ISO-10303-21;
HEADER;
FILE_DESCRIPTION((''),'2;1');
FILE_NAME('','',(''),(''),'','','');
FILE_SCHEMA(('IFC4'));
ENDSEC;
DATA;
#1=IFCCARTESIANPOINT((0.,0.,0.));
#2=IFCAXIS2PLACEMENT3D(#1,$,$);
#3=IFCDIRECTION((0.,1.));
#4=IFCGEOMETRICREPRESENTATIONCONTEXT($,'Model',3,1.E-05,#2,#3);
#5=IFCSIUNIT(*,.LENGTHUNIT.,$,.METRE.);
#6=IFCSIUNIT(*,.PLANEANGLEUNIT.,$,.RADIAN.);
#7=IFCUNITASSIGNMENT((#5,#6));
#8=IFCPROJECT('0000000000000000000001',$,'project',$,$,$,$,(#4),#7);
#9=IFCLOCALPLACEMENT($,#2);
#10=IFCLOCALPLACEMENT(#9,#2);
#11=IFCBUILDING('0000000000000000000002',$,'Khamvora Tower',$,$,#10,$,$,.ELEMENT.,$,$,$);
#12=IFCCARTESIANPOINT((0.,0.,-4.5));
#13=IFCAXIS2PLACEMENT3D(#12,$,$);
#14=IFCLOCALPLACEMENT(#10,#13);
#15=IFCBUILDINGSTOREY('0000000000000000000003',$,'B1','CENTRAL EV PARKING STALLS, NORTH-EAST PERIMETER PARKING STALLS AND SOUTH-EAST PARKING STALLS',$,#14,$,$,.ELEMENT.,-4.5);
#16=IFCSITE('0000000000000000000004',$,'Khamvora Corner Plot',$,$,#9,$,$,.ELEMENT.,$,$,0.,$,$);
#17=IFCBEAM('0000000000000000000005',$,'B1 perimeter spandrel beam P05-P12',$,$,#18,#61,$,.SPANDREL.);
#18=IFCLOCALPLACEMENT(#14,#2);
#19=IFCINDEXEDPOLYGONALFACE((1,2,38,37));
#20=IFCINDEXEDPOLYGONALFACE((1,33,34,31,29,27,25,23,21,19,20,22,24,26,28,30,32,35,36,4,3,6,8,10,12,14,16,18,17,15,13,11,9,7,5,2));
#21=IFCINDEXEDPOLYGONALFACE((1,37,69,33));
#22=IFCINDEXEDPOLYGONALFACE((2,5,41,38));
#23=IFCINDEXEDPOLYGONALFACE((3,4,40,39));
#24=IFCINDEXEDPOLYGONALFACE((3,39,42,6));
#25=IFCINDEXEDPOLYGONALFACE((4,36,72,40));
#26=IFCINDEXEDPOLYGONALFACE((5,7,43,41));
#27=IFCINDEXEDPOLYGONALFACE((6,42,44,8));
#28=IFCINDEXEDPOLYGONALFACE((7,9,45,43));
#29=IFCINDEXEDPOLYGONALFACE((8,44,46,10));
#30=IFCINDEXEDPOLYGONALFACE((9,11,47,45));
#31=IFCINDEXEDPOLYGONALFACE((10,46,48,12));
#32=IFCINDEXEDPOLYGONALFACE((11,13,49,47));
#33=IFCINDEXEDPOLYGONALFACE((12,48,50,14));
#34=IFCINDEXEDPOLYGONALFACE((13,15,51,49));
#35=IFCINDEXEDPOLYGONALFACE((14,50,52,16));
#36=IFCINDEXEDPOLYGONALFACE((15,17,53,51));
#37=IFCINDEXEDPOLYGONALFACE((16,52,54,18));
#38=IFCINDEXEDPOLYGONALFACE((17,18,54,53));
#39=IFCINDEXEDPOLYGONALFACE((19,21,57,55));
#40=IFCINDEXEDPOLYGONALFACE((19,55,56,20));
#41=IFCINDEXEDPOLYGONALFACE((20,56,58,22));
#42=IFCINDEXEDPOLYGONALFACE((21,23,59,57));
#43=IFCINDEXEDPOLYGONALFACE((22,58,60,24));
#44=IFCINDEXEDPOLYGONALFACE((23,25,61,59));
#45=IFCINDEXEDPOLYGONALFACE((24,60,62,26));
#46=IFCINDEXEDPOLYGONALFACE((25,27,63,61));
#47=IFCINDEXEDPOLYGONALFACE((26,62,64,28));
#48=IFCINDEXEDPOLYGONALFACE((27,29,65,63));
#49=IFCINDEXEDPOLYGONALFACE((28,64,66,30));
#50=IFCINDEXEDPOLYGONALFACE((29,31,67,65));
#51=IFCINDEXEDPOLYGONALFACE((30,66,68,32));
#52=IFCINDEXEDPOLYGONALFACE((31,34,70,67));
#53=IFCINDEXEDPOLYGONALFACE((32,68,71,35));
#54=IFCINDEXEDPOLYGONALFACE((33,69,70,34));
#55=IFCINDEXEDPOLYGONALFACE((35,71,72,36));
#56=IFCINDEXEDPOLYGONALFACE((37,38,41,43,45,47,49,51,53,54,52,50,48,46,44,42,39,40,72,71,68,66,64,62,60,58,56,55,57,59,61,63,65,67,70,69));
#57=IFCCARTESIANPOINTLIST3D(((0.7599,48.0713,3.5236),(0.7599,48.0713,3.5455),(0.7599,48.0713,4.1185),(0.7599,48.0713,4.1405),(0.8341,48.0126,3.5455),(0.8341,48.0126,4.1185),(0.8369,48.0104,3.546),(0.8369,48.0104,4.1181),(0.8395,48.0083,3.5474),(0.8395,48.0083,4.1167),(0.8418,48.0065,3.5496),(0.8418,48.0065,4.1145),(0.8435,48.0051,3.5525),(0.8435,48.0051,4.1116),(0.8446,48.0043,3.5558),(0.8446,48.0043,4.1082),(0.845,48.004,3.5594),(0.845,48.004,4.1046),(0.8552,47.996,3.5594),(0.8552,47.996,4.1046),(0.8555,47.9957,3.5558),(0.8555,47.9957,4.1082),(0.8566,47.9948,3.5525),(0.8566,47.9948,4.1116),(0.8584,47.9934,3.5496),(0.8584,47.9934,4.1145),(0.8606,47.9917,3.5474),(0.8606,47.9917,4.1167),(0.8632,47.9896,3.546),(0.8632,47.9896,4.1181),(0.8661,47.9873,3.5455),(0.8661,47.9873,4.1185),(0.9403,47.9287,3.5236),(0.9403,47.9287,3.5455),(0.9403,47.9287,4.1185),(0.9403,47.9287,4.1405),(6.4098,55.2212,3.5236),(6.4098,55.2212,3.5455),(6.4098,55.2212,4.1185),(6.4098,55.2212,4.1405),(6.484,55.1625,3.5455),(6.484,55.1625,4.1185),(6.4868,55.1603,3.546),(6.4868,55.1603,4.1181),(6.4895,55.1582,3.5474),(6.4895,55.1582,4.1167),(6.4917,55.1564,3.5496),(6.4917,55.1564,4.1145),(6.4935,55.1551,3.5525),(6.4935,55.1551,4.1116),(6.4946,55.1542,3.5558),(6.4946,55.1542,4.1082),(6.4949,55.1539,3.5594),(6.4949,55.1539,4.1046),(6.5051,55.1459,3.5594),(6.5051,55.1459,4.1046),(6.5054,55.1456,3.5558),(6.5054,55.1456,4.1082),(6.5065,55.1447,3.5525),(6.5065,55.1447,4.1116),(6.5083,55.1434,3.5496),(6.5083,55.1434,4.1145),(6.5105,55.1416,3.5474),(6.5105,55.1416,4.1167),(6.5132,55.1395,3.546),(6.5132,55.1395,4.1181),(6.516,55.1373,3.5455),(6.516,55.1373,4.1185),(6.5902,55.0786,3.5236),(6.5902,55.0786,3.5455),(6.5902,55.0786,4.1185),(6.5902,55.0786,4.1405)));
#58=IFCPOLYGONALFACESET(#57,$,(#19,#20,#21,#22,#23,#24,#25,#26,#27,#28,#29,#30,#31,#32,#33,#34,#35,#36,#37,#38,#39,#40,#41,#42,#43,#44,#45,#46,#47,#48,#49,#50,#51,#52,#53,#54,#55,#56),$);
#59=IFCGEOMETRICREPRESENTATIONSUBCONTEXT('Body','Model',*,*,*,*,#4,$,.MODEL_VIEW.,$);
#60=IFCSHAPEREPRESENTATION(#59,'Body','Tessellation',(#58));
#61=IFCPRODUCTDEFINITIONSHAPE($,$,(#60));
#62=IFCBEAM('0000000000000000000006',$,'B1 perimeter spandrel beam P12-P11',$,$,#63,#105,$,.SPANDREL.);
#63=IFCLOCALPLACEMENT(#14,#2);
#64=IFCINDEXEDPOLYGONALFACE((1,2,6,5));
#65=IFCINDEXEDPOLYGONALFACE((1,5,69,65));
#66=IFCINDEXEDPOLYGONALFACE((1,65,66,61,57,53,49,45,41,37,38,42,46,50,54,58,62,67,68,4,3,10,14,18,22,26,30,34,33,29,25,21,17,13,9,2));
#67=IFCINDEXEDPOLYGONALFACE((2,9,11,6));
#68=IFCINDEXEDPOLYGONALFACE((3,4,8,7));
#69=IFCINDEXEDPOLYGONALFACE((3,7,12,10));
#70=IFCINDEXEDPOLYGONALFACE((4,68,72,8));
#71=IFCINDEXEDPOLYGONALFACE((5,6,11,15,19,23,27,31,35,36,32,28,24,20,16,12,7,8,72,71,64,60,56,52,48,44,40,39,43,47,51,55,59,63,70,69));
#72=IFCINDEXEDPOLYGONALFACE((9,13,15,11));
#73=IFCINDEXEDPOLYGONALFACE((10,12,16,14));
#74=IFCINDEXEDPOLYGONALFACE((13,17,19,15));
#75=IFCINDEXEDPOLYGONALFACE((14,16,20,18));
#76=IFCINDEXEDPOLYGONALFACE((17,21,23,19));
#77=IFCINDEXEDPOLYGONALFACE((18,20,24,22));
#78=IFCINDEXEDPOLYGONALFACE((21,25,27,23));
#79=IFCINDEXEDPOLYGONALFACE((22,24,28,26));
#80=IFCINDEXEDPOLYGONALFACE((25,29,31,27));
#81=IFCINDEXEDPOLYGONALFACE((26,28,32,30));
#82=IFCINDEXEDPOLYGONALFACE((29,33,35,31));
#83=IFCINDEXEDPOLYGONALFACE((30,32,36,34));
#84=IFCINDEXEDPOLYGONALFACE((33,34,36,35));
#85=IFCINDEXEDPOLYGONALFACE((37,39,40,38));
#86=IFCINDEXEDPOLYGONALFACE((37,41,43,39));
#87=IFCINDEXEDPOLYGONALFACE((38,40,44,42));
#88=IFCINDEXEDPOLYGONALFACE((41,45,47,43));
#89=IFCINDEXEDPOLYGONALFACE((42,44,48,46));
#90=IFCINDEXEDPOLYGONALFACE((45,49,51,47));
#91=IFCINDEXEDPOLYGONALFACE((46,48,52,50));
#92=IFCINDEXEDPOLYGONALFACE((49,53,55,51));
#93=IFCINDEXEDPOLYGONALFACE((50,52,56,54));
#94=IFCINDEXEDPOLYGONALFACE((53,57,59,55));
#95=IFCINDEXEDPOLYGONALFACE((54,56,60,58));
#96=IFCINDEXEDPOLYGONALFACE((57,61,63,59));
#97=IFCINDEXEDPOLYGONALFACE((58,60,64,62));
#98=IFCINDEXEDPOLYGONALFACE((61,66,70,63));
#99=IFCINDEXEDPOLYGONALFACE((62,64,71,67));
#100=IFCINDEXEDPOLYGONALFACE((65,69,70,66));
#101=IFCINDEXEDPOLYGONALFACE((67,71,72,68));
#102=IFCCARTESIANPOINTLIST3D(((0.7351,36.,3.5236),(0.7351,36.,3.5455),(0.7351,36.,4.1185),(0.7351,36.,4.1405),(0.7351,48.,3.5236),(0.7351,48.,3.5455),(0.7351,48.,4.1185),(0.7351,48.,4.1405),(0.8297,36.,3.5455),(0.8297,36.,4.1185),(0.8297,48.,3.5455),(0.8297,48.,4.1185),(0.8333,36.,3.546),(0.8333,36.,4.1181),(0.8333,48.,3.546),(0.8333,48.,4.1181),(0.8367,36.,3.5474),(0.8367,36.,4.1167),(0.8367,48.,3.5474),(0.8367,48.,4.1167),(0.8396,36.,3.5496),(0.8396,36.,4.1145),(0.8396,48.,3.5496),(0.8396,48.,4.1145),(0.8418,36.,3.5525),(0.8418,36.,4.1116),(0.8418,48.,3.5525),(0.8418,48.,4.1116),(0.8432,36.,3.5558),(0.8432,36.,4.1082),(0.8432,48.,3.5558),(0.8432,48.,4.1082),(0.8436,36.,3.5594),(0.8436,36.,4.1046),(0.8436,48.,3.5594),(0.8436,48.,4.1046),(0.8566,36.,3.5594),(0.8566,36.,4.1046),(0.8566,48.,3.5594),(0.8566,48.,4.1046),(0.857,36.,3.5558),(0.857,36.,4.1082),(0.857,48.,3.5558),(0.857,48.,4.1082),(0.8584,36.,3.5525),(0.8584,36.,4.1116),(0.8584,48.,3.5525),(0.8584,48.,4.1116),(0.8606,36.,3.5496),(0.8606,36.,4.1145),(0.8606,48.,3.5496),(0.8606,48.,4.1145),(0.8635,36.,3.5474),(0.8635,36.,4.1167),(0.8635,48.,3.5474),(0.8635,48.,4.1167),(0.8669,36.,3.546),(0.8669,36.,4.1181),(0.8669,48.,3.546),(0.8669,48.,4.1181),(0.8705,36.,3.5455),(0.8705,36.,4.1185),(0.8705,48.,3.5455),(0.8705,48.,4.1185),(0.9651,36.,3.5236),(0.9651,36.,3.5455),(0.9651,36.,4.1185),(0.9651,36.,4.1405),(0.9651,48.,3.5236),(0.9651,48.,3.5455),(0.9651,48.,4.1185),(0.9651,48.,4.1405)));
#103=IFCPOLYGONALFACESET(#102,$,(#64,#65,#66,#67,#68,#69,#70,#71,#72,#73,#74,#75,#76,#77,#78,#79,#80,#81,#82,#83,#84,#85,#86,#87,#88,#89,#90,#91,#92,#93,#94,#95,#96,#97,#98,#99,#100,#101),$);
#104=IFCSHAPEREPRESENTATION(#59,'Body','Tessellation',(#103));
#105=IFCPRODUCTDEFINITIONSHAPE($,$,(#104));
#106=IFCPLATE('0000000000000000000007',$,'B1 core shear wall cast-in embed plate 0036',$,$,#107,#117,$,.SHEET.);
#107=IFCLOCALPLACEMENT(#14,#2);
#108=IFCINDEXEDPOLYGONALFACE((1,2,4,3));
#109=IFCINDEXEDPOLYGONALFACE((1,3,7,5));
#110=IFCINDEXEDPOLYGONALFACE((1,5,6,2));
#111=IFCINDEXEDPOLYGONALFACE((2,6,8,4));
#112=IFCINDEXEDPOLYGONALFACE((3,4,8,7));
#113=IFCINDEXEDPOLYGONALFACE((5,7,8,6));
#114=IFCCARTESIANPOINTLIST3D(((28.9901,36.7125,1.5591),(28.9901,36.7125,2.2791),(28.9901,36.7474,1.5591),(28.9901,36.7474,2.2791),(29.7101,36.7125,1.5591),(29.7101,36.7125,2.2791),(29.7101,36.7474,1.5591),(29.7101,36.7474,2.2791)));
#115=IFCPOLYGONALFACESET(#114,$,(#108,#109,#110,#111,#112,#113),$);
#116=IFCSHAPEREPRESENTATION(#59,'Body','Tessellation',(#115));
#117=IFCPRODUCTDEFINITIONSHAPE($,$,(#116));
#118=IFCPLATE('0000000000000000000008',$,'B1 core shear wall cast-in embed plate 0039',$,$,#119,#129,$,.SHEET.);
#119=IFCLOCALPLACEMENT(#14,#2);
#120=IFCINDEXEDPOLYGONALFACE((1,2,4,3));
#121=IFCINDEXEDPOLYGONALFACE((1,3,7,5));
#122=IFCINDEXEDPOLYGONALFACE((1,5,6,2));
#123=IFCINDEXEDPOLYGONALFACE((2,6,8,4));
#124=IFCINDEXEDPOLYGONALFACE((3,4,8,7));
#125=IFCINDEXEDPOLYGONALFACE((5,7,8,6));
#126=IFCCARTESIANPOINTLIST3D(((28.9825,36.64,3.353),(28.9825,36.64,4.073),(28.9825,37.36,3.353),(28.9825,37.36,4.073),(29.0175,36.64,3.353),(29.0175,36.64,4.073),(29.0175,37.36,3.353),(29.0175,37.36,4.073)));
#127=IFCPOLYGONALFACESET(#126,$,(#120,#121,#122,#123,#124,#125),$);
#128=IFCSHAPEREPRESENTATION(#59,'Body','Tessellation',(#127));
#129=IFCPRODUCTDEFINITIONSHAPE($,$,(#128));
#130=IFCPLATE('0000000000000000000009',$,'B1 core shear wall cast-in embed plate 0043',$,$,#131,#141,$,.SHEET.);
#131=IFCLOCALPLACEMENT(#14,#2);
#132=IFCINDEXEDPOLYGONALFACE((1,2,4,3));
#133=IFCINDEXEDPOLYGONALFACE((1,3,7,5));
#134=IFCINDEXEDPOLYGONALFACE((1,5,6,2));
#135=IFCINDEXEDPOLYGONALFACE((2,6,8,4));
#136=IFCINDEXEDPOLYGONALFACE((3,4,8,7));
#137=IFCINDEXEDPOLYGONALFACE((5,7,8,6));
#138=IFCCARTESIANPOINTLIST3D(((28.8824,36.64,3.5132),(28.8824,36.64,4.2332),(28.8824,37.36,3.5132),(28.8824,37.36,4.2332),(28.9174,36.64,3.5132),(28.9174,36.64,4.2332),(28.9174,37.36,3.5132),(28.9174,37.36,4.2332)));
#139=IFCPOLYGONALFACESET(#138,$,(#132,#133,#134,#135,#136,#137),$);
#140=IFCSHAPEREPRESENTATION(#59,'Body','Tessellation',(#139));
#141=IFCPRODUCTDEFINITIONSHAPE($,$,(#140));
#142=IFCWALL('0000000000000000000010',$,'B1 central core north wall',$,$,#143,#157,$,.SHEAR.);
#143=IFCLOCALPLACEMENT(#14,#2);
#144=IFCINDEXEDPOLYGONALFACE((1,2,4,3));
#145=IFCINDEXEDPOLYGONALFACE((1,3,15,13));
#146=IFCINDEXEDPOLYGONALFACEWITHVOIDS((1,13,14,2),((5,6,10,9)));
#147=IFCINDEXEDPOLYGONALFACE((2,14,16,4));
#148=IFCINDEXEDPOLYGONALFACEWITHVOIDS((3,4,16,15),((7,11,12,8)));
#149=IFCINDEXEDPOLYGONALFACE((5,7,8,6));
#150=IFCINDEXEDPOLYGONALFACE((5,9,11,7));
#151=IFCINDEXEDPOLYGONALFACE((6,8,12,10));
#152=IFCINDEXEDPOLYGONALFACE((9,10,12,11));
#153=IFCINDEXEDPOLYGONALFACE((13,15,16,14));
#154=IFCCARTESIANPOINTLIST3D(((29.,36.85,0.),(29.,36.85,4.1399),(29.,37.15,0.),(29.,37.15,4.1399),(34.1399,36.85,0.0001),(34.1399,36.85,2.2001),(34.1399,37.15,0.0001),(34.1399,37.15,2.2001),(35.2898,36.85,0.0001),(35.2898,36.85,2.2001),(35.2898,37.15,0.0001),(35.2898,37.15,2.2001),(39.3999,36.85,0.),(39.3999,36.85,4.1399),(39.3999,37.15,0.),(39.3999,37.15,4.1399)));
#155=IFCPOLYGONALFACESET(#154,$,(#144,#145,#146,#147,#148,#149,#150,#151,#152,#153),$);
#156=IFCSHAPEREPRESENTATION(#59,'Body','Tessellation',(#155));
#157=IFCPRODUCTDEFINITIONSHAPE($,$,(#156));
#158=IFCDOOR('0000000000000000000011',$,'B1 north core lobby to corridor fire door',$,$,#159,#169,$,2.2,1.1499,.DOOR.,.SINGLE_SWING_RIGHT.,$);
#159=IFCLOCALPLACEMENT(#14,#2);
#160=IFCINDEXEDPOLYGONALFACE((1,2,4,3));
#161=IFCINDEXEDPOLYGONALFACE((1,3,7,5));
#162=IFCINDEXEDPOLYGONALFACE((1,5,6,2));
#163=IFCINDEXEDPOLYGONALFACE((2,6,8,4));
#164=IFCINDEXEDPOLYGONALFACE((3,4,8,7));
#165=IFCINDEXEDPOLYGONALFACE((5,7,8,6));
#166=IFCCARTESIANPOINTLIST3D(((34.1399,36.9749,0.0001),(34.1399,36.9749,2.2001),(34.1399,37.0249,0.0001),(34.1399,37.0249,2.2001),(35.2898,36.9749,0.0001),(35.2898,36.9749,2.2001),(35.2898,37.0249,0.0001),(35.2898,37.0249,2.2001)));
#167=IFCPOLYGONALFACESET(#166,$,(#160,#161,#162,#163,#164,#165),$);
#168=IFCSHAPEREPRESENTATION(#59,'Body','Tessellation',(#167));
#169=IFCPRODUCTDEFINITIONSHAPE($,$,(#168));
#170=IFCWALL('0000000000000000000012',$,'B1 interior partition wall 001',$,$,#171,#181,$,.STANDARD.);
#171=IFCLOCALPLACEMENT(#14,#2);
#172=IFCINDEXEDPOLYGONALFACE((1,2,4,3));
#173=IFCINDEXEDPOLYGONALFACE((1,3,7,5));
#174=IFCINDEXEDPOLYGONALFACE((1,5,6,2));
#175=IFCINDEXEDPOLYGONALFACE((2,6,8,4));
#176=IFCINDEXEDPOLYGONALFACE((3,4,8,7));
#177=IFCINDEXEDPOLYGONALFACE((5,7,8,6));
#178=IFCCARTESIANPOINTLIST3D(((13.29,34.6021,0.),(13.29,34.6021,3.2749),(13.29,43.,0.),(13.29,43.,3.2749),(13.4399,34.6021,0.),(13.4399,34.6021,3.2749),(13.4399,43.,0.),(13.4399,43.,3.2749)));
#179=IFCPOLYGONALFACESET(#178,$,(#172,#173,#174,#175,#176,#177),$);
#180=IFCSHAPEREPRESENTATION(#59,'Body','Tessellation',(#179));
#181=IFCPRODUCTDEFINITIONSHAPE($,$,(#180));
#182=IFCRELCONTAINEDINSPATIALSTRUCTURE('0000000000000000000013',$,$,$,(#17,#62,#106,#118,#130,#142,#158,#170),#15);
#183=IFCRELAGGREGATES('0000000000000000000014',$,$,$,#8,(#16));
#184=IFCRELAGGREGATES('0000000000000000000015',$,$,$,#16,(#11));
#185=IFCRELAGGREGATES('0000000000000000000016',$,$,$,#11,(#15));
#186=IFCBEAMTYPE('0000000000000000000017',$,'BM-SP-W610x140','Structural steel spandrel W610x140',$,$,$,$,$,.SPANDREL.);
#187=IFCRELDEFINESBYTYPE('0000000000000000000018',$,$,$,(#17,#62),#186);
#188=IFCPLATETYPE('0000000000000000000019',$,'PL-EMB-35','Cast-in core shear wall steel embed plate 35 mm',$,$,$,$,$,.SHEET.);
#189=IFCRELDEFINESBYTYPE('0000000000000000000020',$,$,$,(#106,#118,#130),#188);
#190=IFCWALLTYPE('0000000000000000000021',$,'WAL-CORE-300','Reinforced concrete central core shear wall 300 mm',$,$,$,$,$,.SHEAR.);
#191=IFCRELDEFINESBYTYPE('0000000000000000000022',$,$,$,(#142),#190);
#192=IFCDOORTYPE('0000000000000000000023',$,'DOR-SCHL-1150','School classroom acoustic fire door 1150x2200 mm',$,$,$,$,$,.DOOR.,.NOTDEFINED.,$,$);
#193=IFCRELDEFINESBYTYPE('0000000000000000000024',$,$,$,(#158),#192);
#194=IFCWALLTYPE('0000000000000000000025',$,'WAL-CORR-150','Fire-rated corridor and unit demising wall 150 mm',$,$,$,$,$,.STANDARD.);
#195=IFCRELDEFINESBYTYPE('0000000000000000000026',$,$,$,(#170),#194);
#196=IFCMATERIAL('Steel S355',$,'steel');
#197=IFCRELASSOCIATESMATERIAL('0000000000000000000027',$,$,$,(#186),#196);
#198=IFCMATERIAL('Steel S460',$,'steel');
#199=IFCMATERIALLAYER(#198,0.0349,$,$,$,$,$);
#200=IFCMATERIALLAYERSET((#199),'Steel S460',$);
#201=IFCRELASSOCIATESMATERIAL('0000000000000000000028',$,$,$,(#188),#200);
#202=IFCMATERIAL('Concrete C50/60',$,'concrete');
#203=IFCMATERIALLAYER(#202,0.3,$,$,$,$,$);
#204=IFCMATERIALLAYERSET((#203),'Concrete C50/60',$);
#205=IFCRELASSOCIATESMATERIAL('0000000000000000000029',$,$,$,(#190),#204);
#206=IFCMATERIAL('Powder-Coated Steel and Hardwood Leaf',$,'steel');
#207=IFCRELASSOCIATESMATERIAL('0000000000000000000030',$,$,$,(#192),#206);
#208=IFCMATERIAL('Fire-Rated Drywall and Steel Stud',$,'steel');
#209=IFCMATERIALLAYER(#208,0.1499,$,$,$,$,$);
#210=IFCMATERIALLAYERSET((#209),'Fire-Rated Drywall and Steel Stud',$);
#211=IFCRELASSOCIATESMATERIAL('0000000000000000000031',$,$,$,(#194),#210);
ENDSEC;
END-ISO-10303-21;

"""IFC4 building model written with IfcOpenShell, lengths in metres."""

from ifc_helpers import new_model, si_unit, direction, frame, frame_2d, origin, origin_2d, place, context, subcontext, project, spatial, rectangle, i_section, extrude, material, layer, layer_set, material_profile, profile_set, type_object, element, fill, save


model = new_model("IFC4")

# Units and contexts
model_context = context("Model", 3, precision=1e-05, world=origin(), true_north=direction((0.0, 1.0)))
body_context = subcontext(model_context, "Body", "Model", "MODEL_VIEW")
ifc_project = project(units=[si_unit("LENGTHUNIT", "METRE"), si_unit("PLANEANGLEUNIT", "RADIAN")], contexts=[model_context])

# Site, building, storey
site_placement = place(None, origin())
site = spatial("IfcSite", under=ifc_project, at=site_placement, Name="Khamvora Corner Plot", CompositionType="ELEMENT", RefElevation=0.0)
building_placement = place(site_placement, origin())
building = spatial("IfcBuilding", under=site, at=building_placement, Name="Khamvora Tower", CompositionType="ELEMENT")
storey_placement = place(building_placement, frame((0.0, 0.0, -4.5)))
storey = spatial("IfcBuildingStorey", under=building, at=storey_placement, Name="B1", Description="CENTRAL EV PARKING STALLS, NORTH-EAST PERIMETER PARKING STALLS AND SOUTH-EAST PARKING STALLS", CompositionType="ELEMENT", Elevation=-4.5)

# Shared definitions
ifc_material_1 = material(Name="Steel S460", Category="steel")

# Beams
ifc_material_2 = material(Name="Steel S355", Category="steel")
ifc_material_profile_1 = material_profile(ifc_material_2, i_section(OverallWidth=0.23, OverallDepth=0.6169, WebThickness=0.0129, FlangeThickness=0.022, FilletRadius=0.0139, at=origin_2d()), Name="W610x140")
ifc_profile_set_1 = profile_set([ifc_material_profile_1], Name="Steel S355")
beam_type_1 = type_object("IfcBeamType", Name="BM-SP-W610x140", Description="Structural steel spandrel W610x140", PredefinedType="SPANDREL", material=ifc_profile_set_1)
beam_1_placement = place(storey_placement, frame((6.5, 55.1499, 3.832), z_axis=(-0.619999, -0.784603, 0.0), x_axis=(0.784603, -0.619999, 0.0)))
element("IfcBeam", 1, at=beam_1_placement, inside=storey, type_object=beam_type_1, Name="B1 perimeter spandrel beam P05-P12", PredefinedType="SPANDREL", context=body_context, shape_type="SweptSolid", body=[
    extrude(i_section(OverallWidth=0.23, OverallDepth=0.6169, WebThickness=0.0129, FlangeThickness=0.022, FilletRadius=0.0139, at=origin_2d()), origin(), (0.0, 0.0, 1.0), 9.1128),
])
beam_2_placement = place(storey_placement, frame((0.8501, 48.0, 3.832), z_axis=(0.0, -1.0, 0.0), x_axis=(1.0, 0.0, 0.0)))
element("IfcBeam", 2, at=beam_2_placement, inside=storey, type_object=beam_type_1, Name="B1 perimeter spandrel beam P12-P11", PredefinedType="SPANDREL", context=body_context, shape_type="SweptSolid", body=[
    extrude(i_section(OverallWidth=0.23, OverallDepth=0.6169, WebThickness=0.0129, FlangeThickness=0.022, FilletRadius=0.0139, at=origin_2d()), origin(), (0.0, 0.0, 1.0), 12.0),
])

# Plates
ifc_layer_1 = layer(ifc_material_1, 0.0349)
ifc_layer_set_1 = layer_set([ifc_layer_1], Name="Steel S460")
plate_type = type_object("IfcPlateType", Name="PL-EMB-35", Description="Cast-in core shear wall steel embed plate 35 mm", PredefinedType="SHEET", material=ifc_layer_set_1)
plate_placement = place(storey_placement, frame((29.3501, 36.73, 1.5591), z_axis=(0.0, 0.0, 1.0), x_axis=(1.0, 0.0, 0.0)))
element("IfcPlate", 3, at=plate_placement, inside=storey, type_object=plate_type, Name="B1 core shear wall cast-in embed plate 0036", PredefinedType="SHEET", context=body_context, shape_type="SweptSolid", body=[
    extrude(rectangle(XDim=0.72, YDim=0.0349, at=origin_2d()), origin(), (0.0, 0.0, 1.0), 0.72),
])
for number, where, z_axis, x_axis, name in (
    (4, (29.0, 37.0, 3.353), (0.0, 0.0, 1.0), (1.0, 0.0, 0.0), "B1 core shear wall cast-in embed plate 0039"),
    (5, (28.8999, 37.0, 3.5132), (0.0, 0.0, 1.0), (1.0, 0.0, 0.0), "B1 core shear wall cast-in embed plate 0043"),
):
    element("IfcPlate", number, at=place(storey_placement, frame(where, z_axis=z_axis, x_axis=x_axis)), inside=storey, type_object=plate_type, Name=name, PredefinedType="SHEET", context=body_context, shape_type="SweptSolid", body=[
        extrude(rectangle(XDim=0.0349, YDim=0.72, at=origin_2d()), origin(), (0.0, 0.0, 1.0), 0.72),
    ])

# Wall, opening, door
ifc_material_3 = material(Name="Concrete C50/60", Category="concrete")
ifc_layer_2 = layer(ifc_material_3, 0.3)
ifc_layer_set_2 = layer_set([ifc_layer_2], Name="Concrete C50/60")
wall_type_1 = type_object("IfcWallType", Name="WAL-CORE-300", Description="Reinforced concrete central core shear wall 300 mm", PredefinedType="SHEAR", material=ifc_layer_set_2)
wall_1_placement = place(storey_placement, frame((29.0, 37.0, 0.0), z_axis=(0.0, 0.0, 1.0), x_axis=(1.0, 0.0, 0.0)))
wall_1 = element("IfcWall", 6, at=wall_1_placement, inside=storey, type_object=wall_type_1, Name="B1 central core north wall", PredefinedType="SHEAR", context=body_context, shape_type="SweptSolid", body=[
    extrude(rectangle(XDim=10.3999, YDim=0.3, at=frame_2d((5.2, 0.0))), origin(), (0.0, 0.0, 1.0), 4.1399),
])
opening_1_placement = place(wall_1_placement, frame((5.1399, 0.0, 0.0)))
opening_1 = element("IfcOpeningElement", 7, at=opening_1_placement, cuts=wall_1, PredefinedType="OPENING", context=body_context, shape_type="SweptSolid", body=[
    extrude(rectangle(XDim=1.1499, YDim=2.2, at=frame_2d((0.575, 1.1001))), frame((0.0, 0.1599, 0.0), z_axis=(0.0, -1.0, 0.0), x_axis=(1.0, 0.0, 0.0)), (0.0, 0.0, 1.0), 0.3201),
])
ifc_material_4 = material(Name="Powder-Coated Steel and Hardwood Leaf", Category="steel")
door_type_1 = type_object("IfcDoorType", Name="DOR-SCHL-1150", Description="School classroom acoustic fire door 1150x2200 mm", OperationType="NOTDEFINED", PredefinedType="DOOR", material=ifc_material_4)
door_1_placement = place(opening_1_placement, origin())
door_1 = element("IfcDoor", 8, at=door_1_placement, inside=storey, type_object=door_type_1, Name="B1 north core lobby to corridor fire door", OperationType="SINGLE_SWING_RIGHT", OverallHeight=2.2, OverallWidth=1.1499, PredefinedType="DOOR", context=body_context, shape_type="SweptSolid", body=[
    extrude(rectangle(XDim=1.1499, YDim=2.2, at=frame_2d((0.575, 1.1001))), frame((0.0, 0.0249, 0.0), z_axis=(0.0, -1.0, 0.0), x_axis=(1.0, 0.0, 0.0)), (0.0, 0.0, 1.0), 0.05),
])
fill(opening_1, door_1)

# Wall
ifc_material_5 = material(Name="Fire-Rated Drywall and Steel Stud", Category="steel")
ifc_layer_3 = layer(ifc_material_5, 0.1499)
ifc_layer_set_3 = layer_set([ifc_layer_3], Name="Fire-Rated Drywall and Steel Stud")
wall_type_2 = type_object("IfcWallType", Name="WAL-CORR-150", Description="Fire-rated corridor and unit demising wall 150 mm", PredefinedType="STANDARD", material=ifc_layer_set_3)
wall_2_placement = place(storey_placement, frame((13.365, 43.0, 0.0), z_axis=(0.0, 0.0, 1.0), x_axis=(0.0, -1.0, 0.0)))
element("IfcWall", 9, at=wall_2_placement, inside=storey, type_object=wall_type_2, Name="B1 interior partition wall 001", PredefinedType="STANDARD", context=body_context, shape_type="SweptSolid", body=[
    extrude(rectangle(XDim=8.3979, YDim=0.1499, at=frame_2d((4.199, 0.0))), origin(), (0.0, 0.0, 1.0), 3.2749),
])

save(model, "model.ifc")
